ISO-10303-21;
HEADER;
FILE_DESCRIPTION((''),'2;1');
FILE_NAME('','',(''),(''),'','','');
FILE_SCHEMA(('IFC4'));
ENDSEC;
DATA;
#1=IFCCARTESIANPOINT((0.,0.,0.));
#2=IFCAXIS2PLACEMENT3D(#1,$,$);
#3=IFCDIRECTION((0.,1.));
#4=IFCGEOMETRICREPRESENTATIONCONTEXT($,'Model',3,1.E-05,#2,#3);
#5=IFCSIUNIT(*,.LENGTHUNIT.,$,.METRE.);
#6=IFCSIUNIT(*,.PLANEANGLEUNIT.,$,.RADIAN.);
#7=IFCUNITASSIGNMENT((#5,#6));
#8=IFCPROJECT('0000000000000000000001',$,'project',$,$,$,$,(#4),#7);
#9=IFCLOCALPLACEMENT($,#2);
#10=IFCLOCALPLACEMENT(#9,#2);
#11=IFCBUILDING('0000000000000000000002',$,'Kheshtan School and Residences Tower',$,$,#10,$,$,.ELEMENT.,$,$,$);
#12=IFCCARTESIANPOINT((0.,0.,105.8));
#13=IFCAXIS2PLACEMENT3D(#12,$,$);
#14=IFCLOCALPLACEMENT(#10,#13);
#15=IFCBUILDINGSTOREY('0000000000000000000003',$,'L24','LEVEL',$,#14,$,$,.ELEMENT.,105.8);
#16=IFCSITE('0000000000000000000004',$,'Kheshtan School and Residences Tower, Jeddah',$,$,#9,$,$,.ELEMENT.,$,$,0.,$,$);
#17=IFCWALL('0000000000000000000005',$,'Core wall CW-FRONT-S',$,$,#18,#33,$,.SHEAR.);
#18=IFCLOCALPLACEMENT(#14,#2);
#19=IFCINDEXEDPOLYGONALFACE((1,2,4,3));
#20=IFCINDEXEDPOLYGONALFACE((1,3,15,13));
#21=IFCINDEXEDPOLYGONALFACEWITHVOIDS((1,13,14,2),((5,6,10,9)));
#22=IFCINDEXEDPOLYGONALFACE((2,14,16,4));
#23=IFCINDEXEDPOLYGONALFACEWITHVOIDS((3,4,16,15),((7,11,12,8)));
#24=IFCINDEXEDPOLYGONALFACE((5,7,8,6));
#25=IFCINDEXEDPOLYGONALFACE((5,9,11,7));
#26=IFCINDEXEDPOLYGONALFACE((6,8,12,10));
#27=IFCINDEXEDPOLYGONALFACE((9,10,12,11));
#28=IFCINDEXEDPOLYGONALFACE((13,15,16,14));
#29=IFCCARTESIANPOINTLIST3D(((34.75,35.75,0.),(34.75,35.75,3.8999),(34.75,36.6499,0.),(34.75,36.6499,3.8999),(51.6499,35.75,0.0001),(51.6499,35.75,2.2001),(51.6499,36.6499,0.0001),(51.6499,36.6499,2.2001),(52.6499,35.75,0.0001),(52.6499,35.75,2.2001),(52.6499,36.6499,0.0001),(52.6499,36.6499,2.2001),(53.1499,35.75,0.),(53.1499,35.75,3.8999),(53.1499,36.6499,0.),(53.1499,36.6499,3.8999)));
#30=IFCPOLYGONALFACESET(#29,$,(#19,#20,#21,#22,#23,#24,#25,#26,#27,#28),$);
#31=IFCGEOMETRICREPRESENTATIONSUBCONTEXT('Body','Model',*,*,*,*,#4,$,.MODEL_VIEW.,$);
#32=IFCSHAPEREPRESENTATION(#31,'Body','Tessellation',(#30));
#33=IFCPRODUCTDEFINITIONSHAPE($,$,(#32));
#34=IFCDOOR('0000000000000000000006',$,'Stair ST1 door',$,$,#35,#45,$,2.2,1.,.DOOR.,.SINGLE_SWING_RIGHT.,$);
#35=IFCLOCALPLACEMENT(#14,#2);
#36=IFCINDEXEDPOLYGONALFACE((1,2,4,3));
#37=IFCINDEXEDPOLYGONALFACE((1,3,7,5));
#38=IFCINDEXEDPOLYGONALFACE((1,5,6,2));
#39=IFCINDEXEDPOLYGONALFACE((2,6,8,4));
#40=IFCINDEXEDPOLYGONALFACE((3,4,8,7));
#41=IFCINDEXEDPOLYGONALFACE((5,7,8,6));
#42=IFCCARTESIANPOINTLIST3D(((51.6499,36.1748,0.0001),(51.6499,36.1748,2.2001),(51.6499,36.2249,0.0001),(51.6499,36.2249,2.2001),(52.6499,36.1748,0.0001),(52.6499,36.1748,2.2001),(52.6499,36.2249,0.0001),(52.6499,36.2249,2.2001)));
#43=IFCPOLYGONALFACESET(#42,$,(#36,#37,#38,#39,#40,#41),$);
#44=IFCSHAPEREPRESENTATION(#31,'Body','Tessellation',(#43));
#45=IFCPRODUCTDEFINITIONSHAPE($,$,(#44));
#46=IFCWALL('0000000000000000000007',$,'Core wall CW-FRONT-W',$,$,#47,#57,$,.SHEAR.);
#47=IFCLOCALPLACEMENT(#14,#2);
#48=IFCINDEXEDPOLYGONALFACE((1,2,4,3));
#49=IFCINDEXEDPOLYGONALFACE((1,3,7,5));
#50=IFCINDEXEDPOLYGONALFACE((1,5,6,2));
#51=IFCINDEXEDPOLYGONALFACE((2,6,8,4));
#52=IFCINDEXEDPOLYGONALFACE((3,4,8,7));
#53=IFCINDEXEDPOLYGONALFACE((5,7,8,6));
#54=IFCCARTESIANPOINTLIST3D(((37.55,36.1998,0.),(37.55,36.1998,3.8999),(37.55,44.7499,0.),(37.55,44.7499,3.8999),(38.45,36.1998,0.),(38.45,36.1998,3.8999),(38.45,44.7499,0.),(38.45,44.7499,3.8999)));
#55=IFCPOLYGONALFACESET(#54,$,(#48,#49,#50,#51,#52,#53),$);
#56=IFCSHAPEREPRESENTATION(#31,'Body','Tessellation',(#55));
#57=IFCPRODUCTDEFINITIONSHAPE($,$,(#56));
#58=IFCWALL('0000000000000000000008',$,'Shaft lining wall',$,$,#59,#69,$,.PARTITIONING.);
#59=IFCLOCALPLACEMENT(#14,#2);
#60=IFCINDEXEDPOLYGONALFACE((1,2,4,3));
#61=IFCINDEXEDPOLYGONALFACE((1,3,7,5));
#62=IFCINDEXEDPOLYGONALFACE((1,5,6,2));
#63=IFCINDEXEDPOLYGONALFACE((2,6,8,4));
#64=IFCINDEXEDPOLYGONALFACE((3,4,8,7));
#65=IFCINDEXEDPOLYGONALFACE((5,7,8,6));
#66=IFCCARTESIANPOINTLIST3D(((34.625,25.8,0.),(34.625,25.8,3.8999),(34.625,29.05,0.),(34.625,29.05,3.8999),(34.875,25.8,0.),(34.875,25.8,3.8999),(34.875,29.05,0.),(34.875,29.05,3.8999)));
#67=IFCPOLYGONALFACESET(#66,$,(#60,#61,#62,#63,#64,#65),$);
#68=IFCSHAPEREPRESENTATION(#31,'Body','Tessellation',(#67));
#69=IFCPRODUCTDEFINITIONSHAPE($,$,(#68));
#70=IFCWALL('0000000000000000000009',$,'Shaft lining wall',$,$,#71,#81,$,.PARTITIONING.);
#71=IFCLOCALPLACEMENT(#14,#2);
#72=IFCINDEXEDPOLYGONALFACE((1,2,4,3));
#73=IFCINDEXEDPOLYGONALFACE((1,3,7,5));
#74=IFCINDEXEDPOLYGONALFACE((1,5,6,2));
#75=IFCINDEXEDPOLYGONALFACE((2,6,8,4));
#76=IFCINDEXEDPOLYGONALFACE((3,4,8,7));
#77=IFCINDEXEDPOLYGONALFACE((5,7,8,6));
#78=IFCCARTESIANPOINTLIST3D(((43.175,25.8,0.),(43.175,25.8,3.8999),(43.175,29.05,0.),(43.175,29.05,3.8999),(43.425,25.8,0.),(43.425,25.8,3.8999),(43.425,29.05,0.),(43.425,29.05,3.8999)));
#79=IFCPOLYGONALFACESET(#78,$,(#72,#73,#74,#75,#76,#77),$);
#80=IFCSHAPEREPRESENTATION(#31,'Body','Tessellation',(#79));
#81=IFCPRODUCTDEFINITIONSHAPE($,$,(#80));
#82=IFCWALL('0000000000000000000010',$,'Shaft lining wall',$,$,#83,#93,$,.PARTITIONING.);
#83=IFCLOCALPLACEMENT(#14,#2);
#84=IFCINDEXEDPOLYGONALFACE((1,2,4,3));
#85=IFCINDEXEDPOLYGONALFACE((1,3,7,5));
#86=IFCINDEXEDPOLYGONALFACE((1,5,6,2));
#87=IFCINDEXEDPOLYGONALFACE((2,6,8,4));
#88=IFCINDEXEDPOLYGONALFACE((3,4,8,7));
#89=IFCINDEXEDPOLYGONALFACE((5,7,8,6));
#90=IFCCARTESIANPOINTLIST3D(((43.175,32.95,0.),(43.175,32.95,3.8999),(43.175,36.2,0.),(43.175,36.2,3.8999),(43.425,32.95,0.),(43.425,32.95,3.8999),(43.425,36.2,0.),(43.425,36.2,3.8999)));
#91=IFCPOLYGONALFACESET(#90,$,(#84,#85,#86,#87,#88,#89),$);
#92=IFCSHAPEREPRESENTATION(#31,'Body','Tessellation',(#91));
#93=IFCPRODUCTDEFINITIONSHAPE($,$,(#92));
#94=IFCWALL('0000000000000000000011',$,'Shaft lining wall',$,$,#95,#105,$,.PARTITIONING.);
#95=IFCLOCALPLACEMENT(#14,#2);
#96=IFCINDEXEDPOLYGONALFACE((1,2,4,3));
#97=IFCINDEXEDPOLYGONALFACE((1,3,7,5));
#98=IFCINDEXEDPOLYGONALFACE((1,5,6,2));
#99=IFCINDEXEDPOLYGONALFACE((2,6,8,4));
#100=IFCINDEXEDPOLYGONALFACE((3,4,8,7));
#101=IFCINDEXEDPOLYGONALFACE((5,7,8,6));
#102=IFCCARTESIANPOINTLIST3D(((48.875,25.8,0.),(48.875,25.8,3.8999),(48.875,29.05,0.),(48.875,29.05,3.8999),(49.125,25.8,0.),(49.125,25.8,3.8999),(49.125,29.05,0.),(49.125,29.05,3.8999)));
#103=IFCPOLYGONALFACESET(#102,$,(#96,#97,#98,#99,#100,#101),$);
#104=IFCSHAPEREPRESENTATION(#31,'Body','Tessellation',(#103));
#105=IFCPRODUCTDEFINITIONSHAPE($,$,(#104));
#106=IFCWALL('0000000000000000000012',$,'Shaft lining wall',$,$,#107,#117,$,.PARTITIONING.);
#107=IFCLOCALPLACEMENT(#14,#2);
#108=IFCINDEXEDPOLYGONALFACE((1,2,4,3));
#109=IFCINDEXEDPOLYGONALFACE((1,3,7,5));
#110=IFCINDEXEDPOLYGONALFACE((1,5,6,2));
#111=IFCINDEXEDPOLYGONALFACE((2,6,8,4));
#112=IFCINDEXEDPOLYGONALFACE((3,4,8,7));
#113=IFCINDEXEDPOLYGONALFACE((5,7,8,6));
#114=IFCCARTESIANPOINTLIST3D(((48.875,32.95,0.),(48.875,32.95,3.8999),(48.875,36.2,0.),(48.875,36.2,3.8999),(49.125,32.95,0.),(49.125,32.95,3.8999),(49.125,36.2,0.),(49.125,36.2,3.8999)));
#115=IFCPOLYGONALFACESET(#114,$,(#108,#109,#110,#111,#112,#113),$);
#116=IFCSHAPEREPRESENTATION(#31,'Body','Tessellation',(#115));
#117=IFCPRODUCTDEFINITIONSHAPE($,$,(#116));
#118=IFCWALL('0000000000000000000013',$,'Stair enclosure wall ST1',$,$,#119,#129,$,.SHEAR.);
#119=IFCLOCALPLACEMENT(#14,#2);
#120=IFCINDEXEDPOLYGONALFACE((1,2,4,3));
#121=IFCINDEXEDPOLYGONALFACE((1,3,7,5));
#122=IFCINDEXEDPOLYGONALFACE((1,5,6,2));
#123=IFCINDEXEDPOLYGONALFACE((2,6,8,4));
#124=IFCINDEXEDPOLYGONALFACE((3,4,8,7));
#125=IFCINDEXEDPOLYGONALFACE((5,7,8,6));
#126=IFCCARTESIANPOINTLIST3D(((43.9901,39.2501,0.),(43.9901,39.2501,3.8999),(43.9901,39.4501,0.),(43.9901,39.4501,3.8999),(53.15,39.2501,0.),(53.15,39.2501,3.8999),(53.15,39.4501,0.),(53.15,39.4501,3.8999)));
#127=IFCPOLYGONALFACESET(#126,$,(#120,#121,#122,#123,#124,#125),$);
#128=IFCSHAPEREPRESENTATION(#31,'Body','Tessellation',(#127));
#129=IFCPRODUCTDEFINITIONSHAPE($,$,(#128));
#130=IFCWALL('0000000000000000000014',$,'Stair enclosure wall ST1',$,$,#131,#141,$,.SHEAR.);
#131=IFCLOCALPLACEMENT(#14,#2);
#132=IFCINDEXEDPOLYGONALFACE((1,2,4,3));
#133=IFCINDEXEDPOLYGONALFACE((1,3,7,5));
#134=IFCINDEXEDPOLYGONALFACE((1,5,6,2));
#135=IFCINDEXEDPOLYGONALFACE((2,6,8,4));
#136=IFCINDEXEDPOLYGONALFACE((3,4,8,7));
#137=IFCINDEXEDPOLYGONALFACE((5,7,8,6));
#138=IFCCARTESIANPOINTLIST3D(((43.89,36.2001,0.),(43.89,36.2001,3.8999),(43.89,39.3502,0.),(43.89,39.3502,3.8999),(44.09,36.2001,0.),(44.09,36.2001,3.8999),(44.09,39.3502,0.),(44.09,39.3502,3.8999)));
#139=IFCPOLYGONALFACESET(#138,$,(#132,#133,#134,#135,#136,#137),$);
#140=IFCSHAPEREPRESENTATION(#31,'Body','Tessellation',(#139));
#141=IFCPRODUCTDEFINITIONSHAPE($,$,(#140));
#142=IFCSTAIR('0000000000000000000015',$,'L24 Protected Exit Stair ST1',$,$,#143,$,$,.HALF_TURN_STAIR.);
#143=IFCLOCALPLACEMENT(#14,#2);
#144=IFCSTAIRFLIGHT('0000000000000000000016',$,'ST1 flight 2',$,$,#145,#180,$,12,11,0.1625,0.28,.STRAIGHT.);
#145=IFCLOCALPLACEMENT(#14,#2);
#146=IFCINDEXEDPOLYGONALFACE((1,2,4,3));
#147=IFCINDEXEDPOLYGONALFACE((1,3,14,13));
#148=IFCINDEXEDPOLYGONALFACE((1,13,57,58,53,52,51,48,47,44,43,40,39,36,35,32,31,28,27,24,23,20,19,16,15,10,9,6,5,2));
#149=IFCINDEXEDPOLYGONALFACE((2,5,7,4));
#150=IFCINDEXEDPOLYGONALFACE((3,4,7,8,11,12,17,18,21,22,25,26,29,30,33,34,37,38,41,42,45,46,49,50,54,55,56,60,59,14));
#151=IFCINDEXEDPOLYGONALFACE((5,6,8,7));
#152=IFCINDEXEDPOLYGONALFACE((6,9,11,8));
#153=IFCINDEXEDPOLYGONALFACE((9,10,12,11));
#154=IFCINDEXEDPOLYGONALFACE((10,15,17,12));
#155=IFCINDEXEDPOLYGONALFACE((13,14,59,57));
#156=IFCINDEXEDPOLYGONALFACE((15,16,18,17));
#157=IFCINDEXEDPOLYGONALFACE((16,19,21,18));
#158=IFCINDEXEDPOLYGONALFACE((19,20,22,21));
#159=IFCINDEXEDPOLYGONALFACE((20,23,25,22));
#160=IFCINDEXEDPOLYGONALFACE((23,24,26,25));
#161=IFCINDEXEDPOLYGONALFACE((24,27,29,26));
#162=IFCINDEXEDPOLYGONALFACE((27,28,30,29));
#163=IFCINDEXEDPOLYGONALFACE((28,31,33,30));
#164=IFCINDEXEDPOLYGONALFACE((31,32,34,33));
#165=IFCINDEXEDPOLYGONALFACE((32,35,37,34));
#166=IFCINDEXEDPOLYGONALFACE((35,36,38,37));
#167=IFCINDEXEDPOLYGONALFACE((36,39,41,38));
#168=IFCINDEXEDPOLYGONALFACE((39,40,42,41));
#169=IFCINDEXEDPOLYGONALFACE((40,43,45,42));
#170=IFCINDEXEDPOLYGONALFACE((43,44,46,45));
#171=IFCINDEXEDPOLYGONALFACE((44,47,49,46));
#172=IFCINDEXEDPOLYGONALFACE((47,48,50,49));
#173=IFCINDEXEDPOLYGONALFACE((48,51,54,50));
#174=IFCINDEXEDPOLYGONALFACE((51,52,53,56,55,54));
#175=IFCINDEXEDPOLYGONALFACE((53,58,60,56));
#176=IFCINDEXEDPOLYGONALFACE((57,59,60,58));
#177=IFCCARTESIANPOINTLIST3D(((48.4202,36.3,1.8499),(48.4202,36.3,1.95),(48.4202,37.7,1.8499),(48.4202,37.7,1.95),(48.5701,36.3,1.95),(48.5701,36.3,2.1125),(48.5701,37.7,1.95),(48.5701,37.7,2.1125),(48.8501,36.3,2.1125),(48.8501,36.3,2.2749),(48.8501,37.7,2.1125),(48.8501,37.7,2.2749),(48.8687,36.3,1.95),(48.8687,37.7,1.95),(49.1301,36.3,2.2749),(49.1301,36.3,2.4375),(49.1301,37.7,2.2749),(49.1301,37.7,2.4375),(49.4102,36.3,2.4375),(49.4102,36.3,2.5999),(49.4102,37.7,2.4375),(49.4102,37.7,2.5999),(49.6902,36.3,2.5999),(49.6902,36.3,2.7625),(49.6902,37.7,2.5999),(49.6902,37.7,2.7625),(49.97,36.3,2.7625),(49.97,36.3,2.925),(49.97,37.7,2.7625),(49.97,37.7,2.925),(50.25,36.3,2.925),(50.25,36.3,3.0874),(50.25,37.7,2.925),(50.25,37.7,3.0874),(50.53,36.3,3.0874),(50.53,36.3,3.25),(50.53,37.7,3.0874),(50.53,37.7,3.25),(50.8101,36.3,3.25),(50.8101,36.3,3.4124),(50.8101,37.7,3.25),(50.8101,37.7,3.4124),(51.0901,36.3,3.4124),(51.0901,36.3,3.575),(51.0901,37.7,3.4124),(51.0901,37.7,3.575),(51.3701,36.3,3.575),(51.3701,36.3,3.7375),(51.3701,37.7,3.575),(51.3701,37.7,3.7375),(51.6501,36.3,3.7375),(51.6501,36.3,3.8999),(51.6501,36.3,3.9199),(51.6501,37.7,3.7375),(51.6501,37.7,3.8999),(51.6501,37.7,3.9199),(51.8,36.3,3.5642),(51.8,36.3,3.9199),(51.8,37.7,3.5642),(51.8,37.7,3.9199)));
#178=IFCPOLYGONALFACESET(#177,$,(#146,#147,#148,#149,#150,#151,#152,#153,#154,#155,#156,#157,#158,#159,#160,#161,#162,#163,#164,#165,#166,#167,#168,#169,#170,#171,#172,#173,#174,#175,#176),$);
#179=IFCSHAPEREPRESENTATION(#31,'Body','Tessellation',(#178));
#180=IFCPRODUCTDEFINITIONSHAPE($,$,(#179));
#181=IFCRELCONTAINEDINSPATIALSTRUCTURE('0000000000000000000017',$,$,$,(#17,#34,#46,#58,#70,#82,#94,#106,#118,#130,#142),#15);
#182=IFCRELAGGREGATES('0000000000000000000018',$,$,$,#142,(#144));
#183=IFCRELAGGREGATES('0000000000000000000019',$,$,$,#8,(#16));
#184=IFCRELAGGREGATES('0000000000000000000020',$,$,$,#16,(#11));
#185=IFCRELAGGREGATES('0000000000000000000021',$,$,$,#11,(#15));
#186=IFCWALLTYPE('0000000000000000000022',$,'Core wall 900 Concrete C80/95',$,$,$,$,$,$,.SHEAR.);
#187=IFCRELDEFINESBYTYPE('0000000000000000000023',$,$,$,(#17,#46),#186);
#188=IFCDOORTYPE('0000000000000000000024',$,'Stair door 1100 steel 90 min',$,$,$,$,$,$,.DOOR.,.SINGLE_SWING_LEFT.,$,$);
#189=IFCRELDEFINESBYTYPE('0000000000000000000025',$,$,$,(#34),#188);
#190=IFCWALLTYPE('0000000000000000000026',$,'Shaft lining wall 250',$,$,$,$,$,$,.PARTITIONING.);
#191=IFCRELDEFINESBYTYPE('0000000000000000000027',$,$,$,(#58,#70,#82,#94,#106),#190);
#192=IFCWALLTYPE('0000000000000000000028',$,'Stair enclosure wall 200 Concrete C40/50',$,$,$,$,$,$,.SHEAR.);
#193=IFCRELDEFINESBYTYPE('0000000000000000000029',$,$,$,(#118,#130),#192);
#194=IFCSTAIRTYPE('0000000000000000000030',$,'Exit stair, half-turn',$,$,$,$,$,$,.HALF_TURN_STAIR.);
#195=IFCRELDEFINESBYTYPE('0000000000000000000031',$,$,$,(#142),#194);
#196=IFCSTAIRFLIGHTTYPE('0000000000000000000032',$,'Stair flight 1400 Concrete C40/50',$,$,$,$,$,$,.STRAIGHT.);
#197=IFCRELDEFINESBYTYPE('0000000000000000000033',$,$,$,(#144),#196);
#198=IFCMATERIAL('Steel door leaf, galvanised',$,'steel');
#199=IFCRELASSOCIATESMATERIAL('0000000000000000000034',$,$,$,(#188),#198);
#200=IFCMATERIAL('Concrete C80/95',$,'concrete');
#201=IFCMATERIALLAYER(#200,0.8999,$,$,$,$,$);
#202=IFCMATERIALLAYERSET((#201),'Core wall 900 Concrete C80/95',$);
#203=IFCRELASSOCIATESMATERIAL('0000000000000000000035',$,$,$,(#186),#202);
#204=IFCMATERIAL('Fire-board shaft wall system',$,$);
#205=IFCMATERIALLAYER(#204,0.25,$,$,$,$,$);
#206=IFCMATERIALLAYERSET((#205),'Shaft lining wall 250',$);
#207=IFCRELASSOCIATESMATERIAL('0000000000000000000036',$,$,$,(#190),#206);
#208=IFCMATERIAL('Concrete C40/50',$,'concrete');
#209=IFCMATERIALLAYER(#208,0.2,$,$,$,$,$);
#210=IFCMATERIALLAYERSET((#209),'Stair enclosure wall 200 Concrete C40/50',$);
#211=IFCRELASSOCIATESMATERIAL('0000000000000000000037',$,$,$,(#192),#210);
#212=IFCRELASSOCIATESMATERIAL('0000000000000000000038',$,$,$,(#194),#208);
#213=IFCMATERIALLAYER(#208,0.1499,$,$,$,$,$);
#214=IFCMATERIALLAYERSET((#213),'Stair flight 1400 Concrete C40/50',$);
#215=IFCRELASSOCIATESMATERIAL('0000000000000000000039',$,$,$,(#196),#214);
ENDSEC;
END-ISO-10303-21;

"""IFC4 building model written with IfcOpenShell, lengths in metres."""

from ifc_helpers import new_model, si_unit, direction, frame, frame_2d, origin, place, context, subcontext, project, spatial, polyline, rectangle, outline, extrude, source, transform, mapped, material, layer, layer_set, type_object, element, fill, aggregate, save


model = new_model("IFC4")

# Units and contexts
model_context = context("Model", 3, precision=1e-05, world=origin(), true_north=direction((0.0, 1.0)))
body_context = subcontext(model_context, "Body", "Model", "MODEL_VIEW")
ifc_project = project(units=[si_unit("LENGTHUNIT", "METRE"), si_unit("PLANEANGLEUNIT", "RADIAN")], contexts=[model_context])

# Site, building, storey
site_placement = place(None, origin())
site = spatial("IfcSite", under=ifc_project, at=site_placement, Name="Kheshtan School and Residences Tower, Jeddah", CompositionType="ELEMENT", RefElevation=0.0)
building_placement = place(site_placement, origin())
building = spatial("IfcBuilding", under=site, at=building_placement, Name="Kheshtan School and Residences Tower", CompositionType="ELEMENT")
storey_placement = place(building_placement, frame((0.0, 0.0, 105.8)))
storey = spatial("IfcBuildingStorey", under=building, at=storey_placement, Name="L24", Description="LEVEL", CompositionType="ELEMENT", Elevation=105.8)

# Shared definitions
ifc_material_1 = material(Name="Steel door leaf, galvanised", Category="steel")
door_type_1 = type_object("IfcDoorType", Name="Stair door 1100 steel 90 min", OperationType="SINGLE_SWING_LEFT", PredefinedType="DOOR", material=ifc_material_1)

# Shared definitions
ifc_material_2 = material(Name="Concrete C80/95", Category="concrete")
ifc_layer_1 = layer(ifc_material_2, 0.8999)
ifc_layer_set_1 = layer_set([ifc_layer_1], Name="Core wall 900 Concrete C80/95")
wall_type_1 = type_object("IfcWallType", Name="Core wall 900 Concrete C80/95", PredefinedType="SHEAR", material=ifc_layer_set_1)

# Wall, opening, door
wall_1_placement = place(storey_placement, frame((34.75, 36.2, 0.0), z_axis=(0.0, 0.0, 1.0), x_axis=(1.0, 0.0, 0.0)))
wall_1 = element("IfcWall", 1, at=wall_1_placement, inside=storey, type_object=wall_type_1, Name="Core wall CW-FRONT-S", PredefinedType="SHEAR", context=body_context, shape_type="SweptSolid", body=[
    extrude(rectangle(XDim=18.3999, YDim=0.8999, at=frame_2d((9.2, 0.0))), origin(), (0.0, 0.0, 1.0), 3.8999),
])
opening_1_placement = place(wall_1_placement, frame((16.8999, 0.0, 0.0)))
opening_1 = element("IfcOpeningElement", 2, at=opening_1_placement, cuts=wall_1, PredefinedType="OPENING", context=body_context, shape_type="SweptSolid", body=[
    extrude(rectangle(XDim=1.0, YDim=2.2, at=frame_2d((0.5, 1.1001))), frame((0.0, 0.46, 0.0), z_axis=(0.0, -1.0, 0.0), x_axis=(1.0, 0.0, 0.0)), (0.0, 0.0, 1.0), 0.9199),
])
shared_shape_1 = source(origin(), body_context, "Body", "SweptSolid", [
    extrude(rectangle(XDim=1.0, YDim=2.2, at=frame_2d((0.5, 1.1001))), frame((0.0, 0.0249, 0.0), z_axis=(0.0, -1.0, 0.0), x_axis=(1.0, 0.0, 0.0)), (0.0, 0.0, 1.0), 0.05),
])
door_1_placement = place(opening_1_placement, origin())
door_1 = element("IfcDoor", 3, at=door_1_placement, inside=storey, type_object=door_type_1, Name="Stair ST1 door", OperationType="SINGLE_SWING_RIGHT", OverallHeight=2.2, OverallWidth=1.0, PredefinedType="DOOR", context=body_context, shape_type="MappedRepresentation", body=[
    mapped(shared_shape_1, transform((0.0, 0.0, 0.0), x_axis=(1.0, 0.0, 0.0), y_axis=(0.0, 1.0, 0.0), z_axis=(0.0, 0.0, 1.0), scale=1.0)),
])
fill(opening_1, door_1)

# Walls
wall_2_placement = place(storey_placement, frame((38.0, 36.2, 0.0), z_axis=(0.0, 0.0, 1.0), x_axis=(0.0, 1.0, 0.0)))
element("IfcWall", 4, at=wall_2_placement, inside=storey, type_object=wall_type_1, Name="Core wall CW-FRONT-W", PredefinedType="SHEAR", context=body_context, shape_type="SweptSolid", body=[
    extrude(rectangle(XDim=8.55, YDim=0.8999, at=frame_2d((4.2749, 0.0))), origin(), (0.0, 0.0, 1.0), 3.8999),
])
ifc_material_3 = material(Name="Fire-board shaft wall system")
ifc_layer_2 = layer(ifc_material_3, 0.25)
ifc_layer_set_2 = layer_set([ifc_layer_2], Name="Shaft lining wall 250")
wall_type_2 = type_object("IfcWallType", Name="Shaft lining wall 250", PredefinedType="PARTITIONING", material=ifc_layer_set_2)
for number, where, z_axis, x_axis, name in (
    (5, (34.75, 25.8, 0.0), (0.0, 0.0, 1.0), (0.0, 1.0, 0.0), "Shaft lining wall"),
    (6, (43.3, 25.8, 0.0), (0.0, 0.0, 1.0), (0.0, 1.0, 0.0), "Shaft lining wall"),
    (7, (43.3, 32.95, 0.0), (0.0, 0.0, 1.0), (0.0, 1.0, 0.0), "Shaft lining wall"),
    (8, (49.0, 25.8, 0.0), (0.0, 0.0, 1.0), (0.0, 1.0, 0.0), "Shaft lining wall"),
    (9, (49.0, 32.95, 0.0), (0.0, 0.0, 1.0), (0.0, 1.0, 0.0), "Shaft lining wall"),
):
    element("IfcWall", number, at=place(storey_placement, frame(where, z_axis=z_axis, x_axis=x_axis)), inside=storey, type_object=wall_type_2, Name=name, PredefinedType="PARTITIONING", context=body_context, shape_type="SweptSolid", body=[
        extrude(rectangle(XDim=3.25, YDim=0.25, at=frame_2d((1.625, 0.0))), origin(), (0.0, 0.0, 1.0), 3.8999),
    ])
ifc_material_4 = material(Name="Concrete C40/50", Category="concrete")
ifc_layer_3 = layer(ifc_material_4, 0.2)
ifc_layer_set_3 = layer_set([ifc_layer_3], Name="Stair enclosure wall 200 Concrete C40/50")
wall_type_3 = type_object("IfcWallType", Name="Stair enclosure wall 200 Concrete C40/50", PredefinedType="SHEAR", material=ifc_layer_set_3)
wall_3_placement = place(storey_placement, frame((43.99, 39.3501, 0.0), z_axis=(0.0, 0.0, 1.0), x_axis=(1.0, 0.0, 0.0)))
element("IfcWall", 10, at=wall_3_placement, inside=storey, type_object=wall_type_3, Name="Stair enclosure wall ST1", PredefinedType="SHEAR", context=body_context, shape_type="SweptSolid", body=[
    extrude(rectangle(XDim=9.1599, YDim=0.2, at=frame_2d((4.5801, 0.0))), origin(), (0.0, 0.0, 1.0), 3.8999),
])
wall_4_placement = place(storey_placement, frame((43.99, 36.2, 0.0), z_axis=(0.0, 0.0, 1.0), x_axis=(0.0, 1.0, 0.0)))
element("IfcWall", 11, at=wall_4_placement, inside=storey, type_object=wall_type_3, Name="Stair enclosure wall ST1", PredefinedType="SHEAR", context=body_context, shape_type="SweptSolid", body=[
    extrude(rectangle(XDim=3.1501, YDim=0.2, at=frame_2d((1.5752, 0.0))), origin(), (0.0, 0.0, 1.0), 3.8999),
])

# Stair, stair flight
stair_type = type_object("IfcStairType", Name="Exit stair, half-turn", PredefinedType="HALF_TURN_STAIR", material=ifc_material_4)
stair_placement = place(storey_placement, origin())
stair = element("IfcStair", 12, at=stair_placement, inside=storey, type_object=stair_type, Name="L24 Protected Exit Stair ST1", PredefinedType="HALF_TURN_STAIR")
ifc_layer_4 = layer(ifc_material_4, 0.1499)
ifc_layer_set_4 = layer_set([ifc_layer_4], Name="Stair flight 1400 Concrete C40/50")
stair_flight_type = type_object("IfcStairFlightType", Name="Stair flight 1400 Concrete C40/50", PredefinedType="STRAIGHT", material=ifc_layer_set_4)
stair_flight_placement = place(storey_placement, frame((48.5701, 37.0, 1.95), z_axis=(0.0, 0.0, 1.0), x_axis=(1.0, 0.0, 0.0)))
stair_flight = element("IfcStairFlight", 13, at=stair_flight_placement, type_object=stair_flight_type, Name="ST1 flight 2", NumberOfRisers=12, NumberOfTreads=11, PredefinedType="STRAIGHT", RiserHeight=0.1625, TreadLength=0.28, context=body_context, shape_type="SweptSolid", body=[
    extrude(outline(polyline([(-0.1499, -0.1001), (-0.1499, 0.0), (0.0, 0.0), (0.0, 0.1626), (0.28, 0.1626), (0.28, 0.325), (0.5601, 0.325), (0.5601, 0.4875), (0.8401, 0.4875), (0.8401, 0.6499), (1.1201, 0.6499), (1.1201, 0.8125), (1.3999, 0.8125), (1.3999, 0.9751), (1.6799, 0.9751), (1.6799, 1.1375), (1.96, 1.1375), (1.96, 1.3), (2.24, 1.3), (2.24, 1.4624), (2.52, 1.4624), (2.52, 1.625), (2.8, 1.625), (2.8, 1.7876), (3.0801, 1.7876), (3.0801, 1.95), (3.0801, 1.97), (3.23, 1.97), (3.23, 1.6143), (0.2986, 0.0), (-0.1499, -0.1001)])), frame((0.0, 0.7, 0.0), z_axis=(0.0, -1.0, 0.0), x_axis=(1.0, 0.0, 0.0)), (0.0, 0.0, 1.0), 1.3999),
])
aggregate(stair, [stair_flight])

save(model, "model.ifc")
